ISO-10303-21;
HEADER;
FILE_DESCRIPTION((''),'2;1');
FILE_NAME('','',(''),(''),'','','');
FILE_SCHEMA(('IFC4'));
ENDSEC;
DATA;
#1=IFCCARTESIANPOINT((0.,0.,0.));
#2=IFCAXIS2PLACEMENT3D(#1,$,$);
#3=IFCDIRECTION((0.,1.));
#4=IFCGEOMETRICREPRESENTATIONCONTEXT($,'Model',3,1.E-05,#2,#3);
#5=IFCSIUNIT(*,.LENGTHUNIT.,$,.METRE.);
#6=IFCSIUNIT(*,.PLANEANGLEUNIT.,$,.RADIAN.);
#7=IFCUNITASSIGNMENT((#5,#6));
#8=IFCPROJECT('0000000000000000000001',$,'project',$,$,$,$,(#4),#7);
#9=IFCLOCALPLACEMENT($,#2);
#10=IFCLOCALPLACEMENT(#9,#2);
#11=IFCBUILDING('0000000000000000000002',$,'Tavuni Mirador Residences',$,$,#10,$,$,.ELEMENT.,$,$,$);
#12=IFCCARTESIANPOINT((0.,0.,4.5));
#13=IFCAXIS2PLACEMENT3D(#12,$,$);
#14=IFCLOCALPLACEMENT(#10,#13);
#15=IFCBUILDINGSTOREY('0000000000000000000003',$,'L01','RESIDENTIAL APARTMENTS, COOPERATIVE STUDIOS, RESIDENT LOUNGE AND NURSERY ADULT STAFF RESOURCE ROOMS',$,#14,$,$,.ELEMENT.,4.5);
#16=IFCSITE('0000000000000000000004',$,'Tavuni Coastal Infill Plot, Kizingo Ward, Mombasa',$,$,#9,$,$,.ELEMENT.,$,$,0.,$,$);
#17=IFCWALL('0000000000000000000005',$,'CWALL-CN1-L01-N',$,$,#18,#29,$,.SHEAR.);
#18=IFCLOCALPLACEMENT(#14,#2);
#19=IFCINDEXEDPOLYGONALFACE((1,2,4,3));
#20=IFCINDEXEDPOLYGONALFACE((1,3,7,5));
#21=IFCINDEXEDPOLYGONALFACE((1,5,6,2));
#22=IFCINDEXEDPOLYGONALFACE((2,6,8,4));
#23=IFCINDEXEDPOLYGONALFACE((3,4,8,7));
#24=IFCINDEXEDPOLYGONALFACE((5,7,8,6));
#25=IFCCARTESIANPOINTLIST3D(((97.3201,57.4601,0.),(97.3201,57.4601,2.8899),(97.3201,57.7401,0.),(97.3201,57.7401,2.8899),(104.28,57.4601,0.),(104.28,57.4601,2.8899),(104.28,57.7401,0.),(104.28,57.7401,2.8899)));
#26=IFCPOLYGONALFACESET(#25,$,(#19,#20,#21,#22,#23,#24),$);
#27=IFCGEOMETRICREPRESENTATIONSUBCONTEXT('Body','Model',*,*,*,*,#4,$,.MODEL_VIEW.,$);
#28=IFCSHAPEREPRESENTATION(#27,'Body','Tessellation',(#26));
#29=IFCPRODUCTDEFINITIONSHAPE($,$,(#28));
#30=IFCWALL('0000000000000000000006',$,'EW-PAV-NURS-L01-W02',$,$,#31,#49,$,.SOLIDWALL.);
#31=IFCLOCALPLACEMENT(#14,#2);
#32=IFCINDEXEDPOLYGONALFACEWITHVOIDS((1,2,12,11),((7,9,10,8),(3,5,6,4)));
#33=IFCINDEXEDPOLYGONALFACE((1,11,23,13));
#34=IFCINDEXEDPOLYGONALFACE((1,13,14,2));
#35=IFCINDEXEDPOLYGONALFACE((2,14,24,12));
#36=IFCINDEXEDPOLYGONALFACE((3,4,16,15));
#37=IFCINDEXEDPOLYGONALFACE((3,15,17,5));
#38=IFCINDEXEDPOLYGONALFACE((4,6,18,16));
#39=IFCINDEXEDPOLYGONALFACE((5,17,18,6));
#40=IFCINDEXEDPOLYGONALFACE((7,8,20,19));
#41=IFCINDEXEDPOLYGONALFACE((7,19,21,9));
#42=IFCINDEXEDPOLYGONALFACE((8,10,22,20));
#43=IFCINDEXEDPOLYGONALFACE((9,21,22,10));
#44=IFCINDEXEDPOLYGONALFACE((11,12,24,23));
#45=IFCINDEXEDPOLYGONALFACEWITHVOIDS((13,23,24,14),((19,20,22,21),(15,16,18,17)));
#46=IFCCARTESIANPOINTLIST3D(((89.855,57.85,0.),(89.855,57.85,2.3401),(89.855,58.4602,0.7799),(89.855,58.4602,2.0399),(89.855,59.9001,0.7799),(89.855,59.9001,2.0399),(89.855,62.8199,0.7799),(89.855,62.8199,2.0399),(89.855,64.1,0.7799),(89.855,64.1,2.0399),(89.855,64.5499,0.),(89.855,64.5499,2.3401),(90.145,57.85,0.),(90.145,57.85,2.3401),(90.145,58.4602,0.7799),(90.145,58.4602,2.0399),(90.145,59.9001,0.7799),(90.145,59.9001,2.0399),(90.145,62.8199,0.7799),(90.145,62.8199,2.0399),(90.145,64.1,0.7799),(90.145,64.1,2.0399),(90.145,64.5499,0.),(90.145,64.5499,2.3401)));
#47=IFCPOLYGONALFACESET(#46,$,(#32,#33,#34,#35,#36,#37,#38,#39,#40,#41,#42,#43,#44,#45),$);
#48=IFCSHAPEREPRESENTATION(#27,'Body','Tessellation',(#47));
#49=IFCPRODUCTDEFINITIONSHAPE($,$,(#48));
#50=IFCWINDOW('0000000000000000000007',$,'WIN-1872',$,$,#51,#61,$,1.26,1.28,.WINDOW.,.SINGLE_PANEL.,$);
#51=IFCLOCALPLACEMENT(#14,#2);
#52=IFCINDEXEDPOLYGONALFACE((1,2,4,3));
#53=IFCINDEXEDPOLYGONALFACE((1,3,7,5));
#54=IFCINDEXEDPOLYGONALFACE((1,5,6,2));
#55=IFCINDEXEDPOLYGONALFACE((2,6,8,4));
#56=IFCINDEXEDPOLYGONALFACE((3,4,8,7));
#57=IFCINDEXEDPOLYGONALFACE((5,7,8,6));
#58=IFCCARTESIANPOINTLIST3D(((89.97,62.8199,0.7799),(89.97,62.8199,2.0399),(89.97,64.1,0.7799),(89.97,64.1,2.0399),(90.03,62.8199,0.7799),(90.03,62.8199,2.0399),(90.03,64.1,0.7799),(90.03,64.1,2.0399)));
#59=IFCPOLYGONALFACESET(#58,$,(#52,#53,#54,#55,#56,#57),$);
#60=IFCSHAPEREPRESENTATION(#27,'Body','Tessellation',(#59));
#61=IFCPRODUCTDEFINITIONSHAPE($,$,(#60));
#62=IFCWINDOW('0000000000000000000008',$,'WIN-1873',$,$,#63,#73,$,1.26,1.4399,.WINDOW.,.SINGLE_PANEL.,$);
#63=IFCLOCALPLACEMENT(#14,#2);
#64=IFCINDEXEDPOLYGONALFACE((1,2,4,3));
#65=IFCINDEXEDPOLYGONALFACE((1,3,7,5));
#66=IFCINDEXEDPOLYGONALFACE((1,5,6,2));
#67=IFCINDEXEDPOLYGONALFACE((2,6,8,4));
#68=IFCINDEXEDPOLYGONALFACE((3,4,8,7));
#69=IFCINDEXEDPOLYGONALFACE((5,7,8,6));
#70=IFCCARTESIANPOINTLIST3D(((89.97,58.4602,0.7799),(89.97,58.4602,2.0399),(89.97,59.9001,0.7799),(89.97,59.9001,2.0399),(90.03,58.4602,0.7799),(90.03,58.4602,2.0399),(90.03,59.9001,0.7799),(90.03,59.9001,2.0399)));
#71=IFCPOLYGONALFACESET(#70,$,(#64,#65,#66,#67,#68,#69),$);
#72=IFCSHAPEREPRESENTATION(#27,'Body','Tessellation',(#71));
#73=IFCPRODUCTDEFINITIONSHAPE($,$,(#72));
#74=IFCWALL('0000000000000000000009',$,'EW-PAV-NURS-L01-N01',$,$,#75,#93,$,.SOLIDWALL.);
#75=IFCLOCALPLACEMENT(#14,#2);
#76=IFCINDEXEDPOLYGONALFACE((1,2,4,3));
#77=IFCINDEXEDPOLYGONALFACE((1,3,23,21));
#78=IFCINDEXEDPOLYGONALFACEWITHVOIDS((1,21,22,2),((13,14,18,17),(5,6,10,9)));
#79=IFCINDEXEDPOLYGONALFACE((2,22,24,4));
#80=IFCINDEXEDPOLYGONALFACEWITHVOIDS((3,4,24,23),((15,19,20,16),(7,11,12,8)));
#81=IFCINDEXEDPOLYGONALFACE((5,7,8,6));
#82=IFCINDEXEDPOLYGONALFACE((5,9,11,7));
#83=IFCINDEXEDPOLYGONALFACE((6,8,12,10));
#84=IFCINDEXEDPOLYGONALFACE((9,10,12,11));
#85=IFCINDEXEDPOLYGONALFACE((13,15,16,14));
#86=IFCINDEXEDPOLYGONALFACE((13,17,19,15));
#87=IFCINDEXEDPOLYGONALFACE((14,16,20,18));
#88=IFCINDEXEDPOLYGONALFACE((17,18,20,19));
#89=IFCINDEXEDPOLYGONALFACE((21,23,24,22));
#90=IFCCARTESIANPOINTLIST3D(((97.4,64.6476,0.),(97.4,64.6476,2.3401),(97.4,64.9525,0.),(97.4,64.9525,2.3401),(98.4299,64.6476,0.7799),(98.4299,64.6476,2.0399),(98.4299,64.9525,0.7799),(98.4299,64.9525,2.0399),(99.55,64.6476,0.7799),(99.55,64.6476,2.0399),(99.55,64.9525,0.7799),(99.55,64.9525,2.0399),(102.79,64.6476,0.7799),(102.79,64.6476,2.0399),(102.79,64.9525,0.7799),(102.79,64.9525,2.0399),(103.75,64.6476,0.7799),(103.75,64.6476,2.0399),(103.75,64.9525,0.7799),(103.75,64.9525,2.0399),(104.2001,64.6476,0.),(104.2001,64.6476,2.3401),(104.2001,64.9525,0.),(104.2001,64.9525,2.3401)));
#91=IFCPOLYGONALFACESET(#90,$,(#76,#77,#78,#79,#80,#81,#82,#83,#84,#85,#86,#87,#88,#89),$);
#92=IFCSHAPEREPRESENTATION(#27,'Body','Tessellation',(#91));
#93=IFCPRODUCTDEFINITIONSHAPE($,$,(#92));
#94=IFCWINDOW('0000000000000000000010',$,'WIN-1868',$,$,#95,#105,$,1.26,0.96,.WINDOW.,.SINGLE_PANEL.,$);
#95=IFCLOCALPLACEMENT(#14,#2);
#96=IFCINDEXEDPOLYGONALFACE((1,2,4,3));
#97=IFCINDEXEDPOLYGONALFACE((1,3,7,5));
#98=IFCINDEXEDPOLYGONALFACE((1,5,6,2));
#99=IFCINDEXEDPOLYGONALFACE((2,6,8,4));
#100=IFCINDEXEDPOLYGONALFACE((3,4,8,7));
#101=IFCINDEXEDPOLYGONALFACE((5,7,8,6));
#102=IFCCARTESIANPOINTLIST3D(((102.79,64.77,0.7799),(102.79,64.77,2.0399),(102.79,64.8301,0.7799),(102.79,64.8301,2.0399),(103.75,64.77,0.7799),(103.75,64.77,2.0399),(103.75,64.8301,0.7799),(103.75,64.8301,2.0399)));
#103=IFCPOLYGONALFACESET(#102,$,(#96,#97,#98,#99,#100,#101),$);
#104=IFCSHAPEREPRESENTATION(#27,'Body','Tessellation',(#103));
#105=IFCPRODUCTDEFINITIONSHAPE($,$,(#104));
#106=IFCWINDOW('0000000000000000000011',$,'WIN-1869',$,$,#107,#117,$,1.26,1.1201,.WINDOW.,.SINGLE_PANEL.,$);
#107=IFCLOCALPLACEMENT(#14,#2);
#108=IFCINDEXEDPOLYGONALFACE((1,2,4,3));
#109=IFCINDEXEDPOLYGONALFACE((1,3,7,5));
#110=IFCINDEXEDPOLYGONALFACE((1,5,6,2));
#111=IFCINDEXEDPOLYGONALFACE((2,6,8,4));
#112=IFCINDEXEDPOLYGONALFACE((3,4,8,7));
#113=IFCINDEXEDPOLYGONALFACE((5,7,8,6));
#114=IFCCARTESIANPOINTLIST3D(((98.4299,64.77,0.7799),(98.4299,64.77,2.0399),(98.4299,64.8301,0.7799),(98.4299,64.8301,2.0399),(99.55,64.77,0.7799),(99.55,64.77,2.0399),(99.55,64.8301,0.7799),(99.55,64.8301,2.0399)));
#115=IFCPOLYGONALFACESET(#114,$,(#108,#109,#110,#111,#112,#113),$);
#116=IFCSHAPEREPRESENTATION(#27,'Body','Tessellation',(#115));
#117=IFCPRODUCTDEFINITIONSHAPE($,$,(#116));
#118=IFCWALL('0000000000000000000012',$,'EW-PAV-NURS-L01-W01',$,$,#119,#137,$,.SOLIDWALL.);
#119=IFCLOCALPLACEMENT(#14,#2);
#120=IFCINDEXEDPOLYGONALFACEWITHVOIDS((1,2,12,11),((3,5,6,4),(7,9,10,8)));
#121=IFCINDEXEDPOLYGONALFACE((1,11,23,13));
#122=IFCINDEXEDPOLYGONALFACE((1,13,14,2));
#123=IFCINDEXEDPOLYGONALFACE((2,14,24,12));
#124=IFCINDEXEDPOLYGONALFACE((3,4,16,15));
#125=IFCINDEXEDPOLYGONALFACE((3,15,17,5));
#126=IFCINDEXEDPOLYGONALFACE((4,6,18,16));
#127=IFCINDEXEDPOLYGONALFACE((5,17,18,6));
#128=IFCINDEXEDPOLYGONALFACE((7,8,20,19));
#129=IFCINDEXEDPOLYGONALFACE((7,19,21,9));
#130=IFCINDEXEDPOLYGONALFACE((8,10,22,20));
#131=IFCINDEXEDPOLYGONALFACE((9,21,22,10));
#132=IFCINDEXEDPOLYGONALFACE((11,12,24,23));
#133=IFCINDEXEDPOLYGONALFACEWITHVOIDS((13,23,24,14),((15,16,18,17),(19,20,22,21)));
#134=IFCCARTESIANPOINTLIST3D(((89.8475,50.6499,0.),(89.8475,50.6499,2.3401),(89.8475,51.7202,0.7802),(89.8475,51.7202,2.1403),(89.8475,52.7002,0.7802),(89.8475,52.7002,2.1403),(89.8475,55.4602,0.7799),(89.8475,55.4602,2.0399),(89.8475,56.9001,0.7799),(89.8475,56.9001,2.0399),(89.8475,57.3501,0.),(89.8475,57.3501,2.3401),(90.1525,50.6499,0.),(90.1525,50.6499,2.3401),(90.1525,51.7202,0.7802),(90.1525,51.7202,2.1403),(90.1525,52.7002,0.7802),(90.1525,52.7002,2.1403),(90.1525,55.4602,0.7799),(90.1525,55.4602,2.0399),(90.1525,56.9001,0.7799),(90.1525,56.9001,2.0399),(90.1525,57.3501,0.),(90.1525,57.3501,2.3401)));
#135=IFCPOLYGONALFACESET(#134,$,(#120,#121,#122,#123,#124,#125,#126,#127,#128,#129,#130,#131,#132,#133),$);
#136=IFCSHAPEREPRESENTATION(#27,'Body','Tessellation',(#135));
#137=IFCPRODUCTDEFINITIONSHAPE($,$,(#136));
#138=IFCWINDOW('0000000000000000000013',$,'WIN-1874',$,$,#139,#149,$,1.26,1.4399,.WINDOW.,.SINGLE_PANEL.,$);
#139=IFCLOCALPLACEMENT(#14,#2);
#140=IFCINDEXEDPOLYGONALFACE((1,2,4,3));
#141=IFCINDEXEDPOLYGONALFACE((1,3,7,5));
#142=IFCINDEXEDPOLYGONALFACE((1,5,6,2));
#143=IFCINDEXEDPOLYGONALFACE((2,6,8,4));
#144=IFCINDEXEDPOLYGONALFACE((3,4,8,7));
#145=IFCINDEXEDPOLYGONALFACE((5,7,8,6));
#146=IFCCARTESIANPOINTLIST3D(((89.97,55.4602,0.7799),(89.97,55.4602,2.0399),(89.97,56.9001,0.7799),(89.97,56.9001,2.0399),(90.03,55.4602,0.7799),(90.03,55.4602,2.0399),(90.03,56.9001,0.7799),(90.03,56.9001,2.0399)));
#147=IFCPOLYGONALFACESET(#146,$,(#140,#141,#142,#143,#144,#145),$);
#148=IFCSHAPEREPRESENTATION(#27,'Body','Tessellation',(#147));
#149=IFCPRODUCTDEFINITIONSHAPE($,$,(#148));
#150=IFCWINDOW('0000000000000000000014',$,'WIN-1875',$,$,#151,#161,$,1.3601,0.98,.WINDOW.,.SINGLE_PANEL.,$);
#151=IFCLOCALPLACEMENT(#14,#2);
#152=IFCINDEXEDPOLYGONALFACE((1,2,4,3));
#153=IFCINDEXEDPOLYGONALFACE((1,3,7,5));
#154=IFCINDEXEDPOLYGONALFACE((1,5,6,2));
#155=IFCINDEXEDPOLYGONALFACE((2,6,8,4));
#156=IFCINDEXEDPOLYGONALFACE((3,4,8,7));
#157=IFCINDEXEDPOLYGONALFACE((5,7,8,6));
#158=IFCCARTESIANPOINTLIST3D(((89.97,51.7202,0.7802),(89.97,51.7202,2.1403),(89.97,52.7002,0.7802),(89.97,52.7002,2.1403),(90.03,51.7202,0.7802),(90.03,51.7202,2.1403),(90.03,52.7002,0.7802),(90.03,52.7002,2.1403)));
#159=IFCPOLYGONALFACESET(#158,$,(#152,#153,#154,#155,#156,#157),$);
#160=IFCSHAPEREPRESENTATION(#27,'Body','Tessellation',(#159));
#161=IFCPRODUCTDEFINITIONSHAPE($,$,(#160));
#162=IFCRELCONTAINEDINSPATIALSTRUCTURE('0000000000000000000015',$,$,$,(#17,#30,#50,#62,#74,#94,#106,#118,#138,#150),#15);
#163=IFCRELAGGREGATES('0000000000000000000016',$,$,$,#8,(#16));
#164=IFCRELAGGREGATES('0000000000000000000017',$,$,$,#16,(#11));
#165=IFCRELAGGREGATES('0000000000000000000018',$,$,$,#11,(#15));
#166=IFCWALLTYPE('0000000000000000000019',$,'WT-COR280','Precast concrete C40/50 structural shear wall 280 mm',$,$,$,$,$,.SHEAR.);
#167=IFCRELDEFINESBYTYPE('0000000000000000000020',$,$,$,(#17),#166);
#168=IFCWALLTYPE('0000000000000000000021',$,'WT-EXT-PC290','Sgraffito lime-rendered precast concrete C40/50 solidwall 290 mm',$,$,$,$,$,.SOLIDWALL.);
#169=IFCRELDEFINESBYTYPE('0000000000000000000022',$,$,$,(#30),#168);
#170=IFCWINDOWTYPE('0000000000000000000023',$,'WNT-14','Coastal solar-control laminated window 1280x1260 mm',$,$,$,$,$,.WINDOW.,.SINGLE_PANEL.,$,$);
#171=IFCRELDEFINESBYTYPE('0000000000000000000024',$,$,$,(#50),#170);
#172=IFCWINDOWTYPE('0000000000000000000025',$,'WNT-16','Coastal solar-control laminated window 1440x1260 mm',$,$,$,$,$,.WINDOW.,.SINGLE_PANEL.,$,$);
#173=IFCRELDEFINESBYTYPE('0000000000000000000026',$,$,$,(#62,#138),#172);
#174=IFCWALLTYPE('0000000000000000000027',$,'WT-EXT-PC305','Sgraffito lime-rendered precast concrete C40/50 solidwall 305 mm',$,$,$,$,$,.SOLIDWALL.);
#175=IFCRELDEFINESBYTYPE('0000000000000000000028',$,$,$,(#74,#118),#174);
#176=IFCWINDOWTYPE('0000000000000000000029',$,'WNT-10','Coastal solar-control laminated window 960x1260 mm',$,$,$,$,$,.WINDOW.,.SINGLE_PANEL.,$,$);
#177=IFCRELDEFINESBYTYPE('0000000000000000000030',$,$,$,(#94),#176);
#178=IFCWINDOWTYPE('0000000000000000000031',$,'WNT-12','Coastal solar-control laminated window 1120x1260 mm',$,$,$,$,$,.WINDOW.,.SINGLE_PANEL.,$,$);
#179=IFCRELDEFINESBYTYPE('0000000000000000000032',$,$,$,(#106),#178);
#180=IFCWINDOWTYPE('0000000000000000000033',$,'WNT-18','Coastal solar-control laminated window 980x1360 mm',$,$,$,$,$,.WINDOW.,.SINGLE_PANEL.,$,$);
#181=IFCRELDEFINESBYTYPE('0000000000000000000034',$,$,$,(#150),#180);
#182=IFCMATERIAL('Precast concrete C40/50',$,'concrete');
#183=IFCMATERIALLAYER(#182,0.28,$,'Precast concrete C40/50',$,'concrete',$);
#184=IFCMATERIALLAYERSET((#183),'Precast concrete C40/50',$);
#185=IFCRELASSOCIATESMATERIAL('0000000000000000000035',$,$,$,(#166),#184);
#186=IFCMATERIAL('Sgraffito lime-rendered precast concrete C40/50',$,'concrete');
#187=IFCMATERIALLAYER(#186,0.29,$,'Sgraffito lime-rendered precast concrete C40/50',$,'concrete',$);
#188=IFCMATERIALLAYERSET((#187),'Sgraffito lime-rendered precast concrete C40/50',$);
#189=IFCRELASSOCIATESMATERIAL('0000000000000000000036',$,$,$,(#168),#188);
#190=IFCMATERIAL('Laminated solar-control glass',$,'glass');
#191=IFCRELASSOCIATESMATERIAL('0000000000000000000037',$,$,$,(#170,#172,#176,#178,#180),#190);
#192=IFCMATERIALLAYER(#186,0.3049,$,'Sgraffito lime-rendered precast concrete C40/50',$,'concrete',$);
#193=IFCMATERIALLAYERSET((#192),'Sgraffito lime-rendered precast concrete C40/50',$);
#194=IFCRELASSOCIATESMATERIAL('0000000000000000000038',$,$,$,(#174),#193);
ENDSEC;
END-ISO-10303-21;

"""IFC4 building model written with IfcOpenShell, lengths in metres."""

from ifc_helpers import new_model, si_unit, direction, frame, frame_2d, origin, place, context, subcontext, project, spatial, rectangle, extrude, material, layer, layer_set, type_object, element, fill, save


model = new_model("IFC4")

# Units and contexts
model_context = context("Model", 3, precision=1e-05, world=origin(), true_north=direction((0.0, 1.0)))
body_context = subcontext(model_context, "Body", "Model", "MODEL_VIEW")
ifc_project = project(units=[si_unit("LENGTHUNIT", "METRE"), si_unit("PLANEANGLEUNIT", "RADIAN")], contexts=[model_context])

# Site, building, storey
site_placement = place(None, origin())
site = spatial("IfcSite", under=ifc_project, at=site_placement, Name="Tavuni Coastal Infill Plot, Kizingo Ward, Mombasa", CompositionType="ELEMENT", RefElevation=0.0)
building_placement = place(site_placement, origin())
building = spatial("IfcBuilding", under=site, at=building_placement, Name="Tavuni Mirador Residences", CompositionType="ELEMENT")
storey_placement = place(building_placement, frame((0.0, 0.0, 4.5)))
storey = spatial("IfcBuildingStorey", under=building, at=storey_placement, Name="L01", Description="RESIDENTIAL APARTMENTS, COOPERATIVE STUDIOS, RESIDENT LOUNGE AND NURSERY ADULT STAFF RESOURCE ROOMS", CompositionType="ELEMENT", Elevation=4.5)

# Shared definitions
ifc_material_1 = material(Name="Precast concrete C40/50", Category="concrete")

# Wall
ifc_layer_1 = layer(ifc_material_1, 0.28, Name="Precast concrete C40/50", Category="concrete")
ifc_layer_set_1 = layer_set([ifc_layer_1], Name="Precast concrete C40/50")
wall_type_1 = type_object("IfcWallType", Name="WT-COR280", Description="Precast concrete C40/50 structural shear wall 280 mm", PredefinedType="SHEAR", material=ifc_layer_set_1)
wall_1_placement = place(storey_placement, frame((97.3201, 57.6001, 0.0), z_axis=(0.0, 0.0, 1.0), x_axis=(1.0, 0.0, 0.0)))
element("IfcWall", 1, at=wall_1_placement, inside=storey, type_object=wall_type_1, Name="CWALL-CN1-L01-N", PredefinedType="SHEAR", context=body_context, shape_type="SweptSolid", body=[
    extrude(rectangle(XDim=6.96, YDim=0.28, at=frame_2d((3.48, 0.0))), origin(), (0.0, 0.0, 1.0), 2.8899),
])

# Walls, openings, windows
ifc_material_2 = material(Name="Sgraffito lime-rendered precast concrete C40/50", Category="concrete")
ifc_layer_2 = layer(ifc_material_2, 0.29, Name="Sgraffito lime-rendered precast concrete C40/50", Category="concrete")
ifc_layer_set_2 = layer_set([ifc_layer_2], Name="Sgraffito lime-rendered precast concrete C40/50")
wall_type_2 = type_object("IfcWallType", Name="WT-EXT-PC290", Description="Sgraffito lime-rendered precast concrete C40/50 solidwall 290 mm", PredefinedType="SOLIDWALL", material=ifc_layer_set_2)
wall_2_placement = place(storey_placement, frame((90.0, 64.55, 0.0), z_axis=(0.0, 0.0, 1.0), x_axis=(0.0, -1.0, 0.0)))
wall_2 = element("IfcWall", 2, at=wall_2_placement, inside=storey, type_object=wall_type_2, Name="EW-PAV-NURS-L01-W02", PredefinedType="SOLIDWALL", context=body_context, shape_type="SweptSolid", body=[
    extrude(rectangle(XDim=6.7, YDim=0.29, at=frame_2d((3.3501, 0.0))), origin(), (0.0, 0.0, 1.0), 2.3401),
])
opening_1_placement = place(wall_2_placement, frame((0.45, 0.0, 0.78)))
opening_1 = element("IfcOpeningElement", 3, at=opening_1_placement, cuts=wall_2, PredefinedType="OPENING", context=body_context, shape_type="SweptSolid", body=[
    extrude(rectangle(XDim=1.28, YDim=1.26, at=frame_2d((0.6401, 0.6299))), frame((0.0, 0.155, 0.0), z_axis=(0.0, -1.0, 0.0), x_axis=(1.0, 0.0, 0.0)), (0.0, 0.0, 1.0), 0.3101),
])
opening_2_placement = place(wall_2_placement, frame((4.6499, 0.0, 0.78)))
opening_2 = element("IfcOpeningElement", 4, at=opening_2_placement, cuts=wall_2, PredefinedType="OPENING", context=body_context, shape_type="SweptSolid", body=[
    extrude(rectangle(XDim=1.4399, YDim=1.26, at=frame_2d((0.72, 0.6299))), frame((0.0, 0.155, 0.0), z_axis=(0.0, -1.0, 0.0), x_axis=(1.0, 0.0, 0.0)), (0.0, 0.0, 1.0), 0.3101),
])
ifc_material_3 = material(Name="Laminated solar-control glass", Category="glass")
window_type_1 = type_object("IfcWindowType", Name="WNT-14", Description="Coastal solar-control laminated window 1280x1260 mm", PartitioningType="SINGLE_PANEL", PredefinedType="WINDOW", material=ifc_material_3)
window_1_placement = place(opening_1_placement, origin())
window_1 = element("IfcWindow", 5, at=window_1_placement, inside=storey, type_object=window_type_1, Name="WIN-1872", OverallHeight=1.26, OverallWidth=1.28, PartitioningType="SINGLE_PANEL", PredefinedType="WINDOW", context=body_context, shape_type="SweptSolid", body=[
    extrude(rectangle(XDim=1.28, YDim=1.26, at=frame_2d((0.6401, 0.6299))), frame((0.0, 0.03, 0.0), z_axis=(0.0, -1.0, 0.0), x_axis=(1.0, 0.0, 0.0)), (0.0, 0.0, 1.0), 0.0601),
])
fill(opening_1, window_1)
window_type_2 = type_object("IfcWindowType", Name="WNT-16", Description="Coastal solar-control laminated window 1440x1260 mm", PartitioningType="SINGLE_PANEL", PredefinedType="WINDOW", material=ifc_material_3)
window_2_placement = place(opening_2_placement, origin())
window_2 = element("IfcWindow", 6, at=window_2_placement, inside=storey, type_object=window_type_2, Name="WIN-1873", OverallHeight=1.26, OverallWidth=1.4399, PartitioningType="SINGLE_PANEL", PredefinedType="WINDOW", context=body_context, shape_type="SweptSolid", body=[
    extrude(rectangle(XDim=1.4399, YDim=1.26, at=frame_2d((0.72, 0.6299))), frame((0.0, 0.03, 0.0), z_axis=(0.0, -1.0, 0.0), x_axis=(1.0, 0.0, 0.0)), (0.0, 0.0, 1.0), 0.0601),
])
fill(opening_2, window_2)
ifc_layer_3 = layer(ifc_material_2, 0.3049, Name="Sgraffito lime-rendered precast concrete C40/50", Category="concrete")
ifc_layer_set_3 = layer_set([ifc_layer_3], Name="Sgraffito lime-rendered precast concrete C40/50")
wall_type_3 = type_object("IfcWallType", Name="WT-EXT-PC305", Description="Sgraffito lime-rendered precast concrete C40/50 solidwall 305 mm", PredefinedType="SOLIDWALL", material=ifc_layer_set_3)
wall_3_placement = place(storey_placement, frame((104.2, 64.8, 0.0), z_axis=(0.0, 0.0, 1.0), x_axis=(-1.0, 0.0, 0.0)))
wall_3 = element("IfcWall", 7, at=wall_3_placement, inside=storey, type_object=wall_type_3, Name="EW-PAV-NURS-L01-N01", PredefinedType="SOLIDWALL", context=body_context, shape_type="SweptSolid", body=[
    extrude(rectangle(XDim=6.8, YDim=0.3049, at=frame_2d((3.3999, 0.0))), origin(), (0.0, 0.0, 1.0), 2.3401),
])
opening_3_placement = place(wall_3_placement, frame((0.45, 0.0, 0.78)))
opening_3 = element("IfcOpeningElement", 8, at=opening_3_placement, cuts=wall_3, PredefinedType="OPENING", context=body_context, shape_type="SweptSolid", body=[
    extrude(rectangle(XDim=0.96, YDim=1.26, at=frame_2d((0.48, 0.6299))), frame((0.0, 0.1626, 0.0), z_axis=(0.0, -1.0, 0.0), x_axis=(1.0, 0.0, 0.0)), (0.0, 0.0, 1.0), 0.325),
])
opening_4_placement = place(wall_3_placement, frame((4.6499, 0.0, 0.78)))
opening_4 = element("IfcOpeningElement", 9, at=opening_4_placement, cuts=wall_3, PredefinedType="OPENING", context=body_context, shape_type="SweptSolid", body=[
    extrude(rectangle(XDim=1.1201, YDim=1.26, at=frame_2d((0.5601, 0.6299))), frame((0.0, 0.1626, 0.0), z_axis=(0.0, -1.0, 0.0), x_axis=(1.0, 0.0, 0.0)), (0.0, 0.0, 1.0), 0.325),
])
window_type_3 = type_object("IfcWindowType", Name="WNT-10", Description="Coastal solar-control laminated window 960x1260 mm", PartitioningType="SINGLE_PANEL", PredefinedType="WINDOW", material=ifc_material_3)
window_3_placement = place(opening_3_placement, origin())
window_3 = element("IfcWindow", 10, at=window_3_placement, inside=storey, type_object=window_type_3, Name="WIN-1868", OverallHeight=1.26, OverallWidth=0.96, PartitioningType="SINGLE_PANEL", PredefinedType="WINDOW", context=body_context, shape_type="SweptSolid", body=[
    extrude(rectangle(XDim=0.96, YDim=1.26, at=frame_2d((0.48, 0.6299))), frame((0.0, 0.03, 0.0), z_axis=(0.0, -1.0, 0.0), x_axis=(1.0, 0.0, 0.0)), (0.0, 0.0, 1.0), 0.0601),
])
fill(opening_3, window_3)
window_type_4 = type_object("IfcWindowType", Name="WNT-12", Description="Coastal solar-control laminated window 1120x1260 mm", PartitioningType="SINGLE_PANEL", PredefinedType="WINDOW", material=ifc_material_3)
window_4_placement = place(opening_4_placement, origin())
window_4 = element("IfcWindow", 11, at=window_4_placement, inside=storey, type_object=window_type_4, Name="WIN-1869", OverallHeight=1.26, OverallWidth=1.1201, PartitioningType="SINGLE_PANEL", PredefinedType="WINDOW", context=body_context, shape_type="SweptSolid", body=[
    extrude(rectangle(XDim=1.1201, YDim=1.26, at=frame_2d((0.5601, 0.6299))), frame((0.0, 0.03, 0.0), z_axis=(0.0, -1.0, 0.0), x_axis=(1.0, 0.0, 0.0)), (0.0, 0.0, 1.0), 0.0601),
])
fill(opening_4, window_4)
wall_4_placement = place(storey_placement, frame((90.0, 57.3501, 0.0), z_axis=(0.0, 0.0, 1.0), x_axis=(0.0, -1.0, 0.0)))
wall_4 = element("IfcWall", 12, at=wall_4_placement, inside=storey, type_object=wall_type_3, Name="EW-PAV-NURS-L01-W01", PredefinedType="SOLIDWALL", context=body_context, shape_type="SweptSolid", body=[
    extrude(rectangle(XDim=6.7002, YDim=0.3049, at=frame_2d((3.3501, 0.0))), origin(), (0.0, 0.0, 1.0), 2.3401),
])
opening_5_placement = place(wall_4_placement, frame((0.45, 0.0, 0.78)))
opening_5 = element("IfcOpeningElement", 13, at=opening_5_placement, cuts=wall_4, PredefinedType="OPENING", context=body_context, shape_type="SweptSolid", body=[
    extrude(rectangle(XDim=1.4399, YDim=1.26, at=frame_2d((0.72, 0.6299))), frame((0.0, 0.1626, 0.0), z_axis=(0.0, -1.0, 0.0), x_axis=(1.0, 0.0, 0.0)), (0.0, 0.0, 1.0), 0.325),
])
opening_6_placement = place(wall_4_placement, frame((4.6499, 0.0, 0.78)))
opening_6 = element("IfcOpeningElement", 14, at=opening_6_placement, cuts=wall_4, PredefinedType="OPENING", context=body_context, shape_type="SweptSolid", body=[
    extrude(rectangle(XDim=0.98, YDim=1.3601, at=frame_2d((0.49, 0.6802))), frame((0.0, 0.1626, 0.0), z_axis=(0.0, -1.0, 0.0), x_axis=(1.0, 0.0, 0.0)), (0.0, 0.0, 1.0), 0.325),
])
window_5_placement = place(opening_5_placement, origin())
window_5 = element("IfcWindow", 15, at=window_5_placement, inside=storey, type_object=window_type_2, Name="WIN-1874", OverallHeight=1.26, OverallWidth=1.4399, PartitioningType="SINGLE_PANEL", PredefinedType="WINDOW", context=body_context, shape_type="SweptSolid", body=[
    extrude(rectangle(XDim=1.4399, YDim=1.26, at=frame_2d((0.72, 0.6299))), frame((0.0, 0.03, 0.0), z_axis=(0.0, -1.0, 0.0), x_axis=(1.0, 0.0, 0.0)), (0.0, 0.0, 1.0), 0.0601),
])
fill(opening_5, window_5)
window_type_5 = type_object("IfcWindowType", Name="WNT-18", Description="Coastal solar-control laminated window 980x1360 mm", PartitioningType="SINGLE_PANEL", PredefinedType="WINDOW", material=ifc_material_3)
window_6_placement = place(opening_6_placement, origin())
window_6 = element("IfcWindow", 16, at=window_6_placement, inside=storey, type_object=window_type_5, Name="WIN-1875", OverallHeight=1.3601, OverallWidth=0.98, PartitioningType="SINGLE_PANEL", PredefinedType="WINDOW", context=body_context, shape_type="SweptSolid", body=[
    extrude(rectangle(XDim=0.98, YDim=1.3601, at=frame_2d((0.49, 0.6802))), frame((0.0, 0.03, 0.0), z_axis=(0.0, -1.0, 0.0), x_axis=(1.0, 0.0, 0.0)), (0.0, 0.0, 1.0), 0.0601),
])
fill(opening_6, window_6)

save(model, "model.ifc")
